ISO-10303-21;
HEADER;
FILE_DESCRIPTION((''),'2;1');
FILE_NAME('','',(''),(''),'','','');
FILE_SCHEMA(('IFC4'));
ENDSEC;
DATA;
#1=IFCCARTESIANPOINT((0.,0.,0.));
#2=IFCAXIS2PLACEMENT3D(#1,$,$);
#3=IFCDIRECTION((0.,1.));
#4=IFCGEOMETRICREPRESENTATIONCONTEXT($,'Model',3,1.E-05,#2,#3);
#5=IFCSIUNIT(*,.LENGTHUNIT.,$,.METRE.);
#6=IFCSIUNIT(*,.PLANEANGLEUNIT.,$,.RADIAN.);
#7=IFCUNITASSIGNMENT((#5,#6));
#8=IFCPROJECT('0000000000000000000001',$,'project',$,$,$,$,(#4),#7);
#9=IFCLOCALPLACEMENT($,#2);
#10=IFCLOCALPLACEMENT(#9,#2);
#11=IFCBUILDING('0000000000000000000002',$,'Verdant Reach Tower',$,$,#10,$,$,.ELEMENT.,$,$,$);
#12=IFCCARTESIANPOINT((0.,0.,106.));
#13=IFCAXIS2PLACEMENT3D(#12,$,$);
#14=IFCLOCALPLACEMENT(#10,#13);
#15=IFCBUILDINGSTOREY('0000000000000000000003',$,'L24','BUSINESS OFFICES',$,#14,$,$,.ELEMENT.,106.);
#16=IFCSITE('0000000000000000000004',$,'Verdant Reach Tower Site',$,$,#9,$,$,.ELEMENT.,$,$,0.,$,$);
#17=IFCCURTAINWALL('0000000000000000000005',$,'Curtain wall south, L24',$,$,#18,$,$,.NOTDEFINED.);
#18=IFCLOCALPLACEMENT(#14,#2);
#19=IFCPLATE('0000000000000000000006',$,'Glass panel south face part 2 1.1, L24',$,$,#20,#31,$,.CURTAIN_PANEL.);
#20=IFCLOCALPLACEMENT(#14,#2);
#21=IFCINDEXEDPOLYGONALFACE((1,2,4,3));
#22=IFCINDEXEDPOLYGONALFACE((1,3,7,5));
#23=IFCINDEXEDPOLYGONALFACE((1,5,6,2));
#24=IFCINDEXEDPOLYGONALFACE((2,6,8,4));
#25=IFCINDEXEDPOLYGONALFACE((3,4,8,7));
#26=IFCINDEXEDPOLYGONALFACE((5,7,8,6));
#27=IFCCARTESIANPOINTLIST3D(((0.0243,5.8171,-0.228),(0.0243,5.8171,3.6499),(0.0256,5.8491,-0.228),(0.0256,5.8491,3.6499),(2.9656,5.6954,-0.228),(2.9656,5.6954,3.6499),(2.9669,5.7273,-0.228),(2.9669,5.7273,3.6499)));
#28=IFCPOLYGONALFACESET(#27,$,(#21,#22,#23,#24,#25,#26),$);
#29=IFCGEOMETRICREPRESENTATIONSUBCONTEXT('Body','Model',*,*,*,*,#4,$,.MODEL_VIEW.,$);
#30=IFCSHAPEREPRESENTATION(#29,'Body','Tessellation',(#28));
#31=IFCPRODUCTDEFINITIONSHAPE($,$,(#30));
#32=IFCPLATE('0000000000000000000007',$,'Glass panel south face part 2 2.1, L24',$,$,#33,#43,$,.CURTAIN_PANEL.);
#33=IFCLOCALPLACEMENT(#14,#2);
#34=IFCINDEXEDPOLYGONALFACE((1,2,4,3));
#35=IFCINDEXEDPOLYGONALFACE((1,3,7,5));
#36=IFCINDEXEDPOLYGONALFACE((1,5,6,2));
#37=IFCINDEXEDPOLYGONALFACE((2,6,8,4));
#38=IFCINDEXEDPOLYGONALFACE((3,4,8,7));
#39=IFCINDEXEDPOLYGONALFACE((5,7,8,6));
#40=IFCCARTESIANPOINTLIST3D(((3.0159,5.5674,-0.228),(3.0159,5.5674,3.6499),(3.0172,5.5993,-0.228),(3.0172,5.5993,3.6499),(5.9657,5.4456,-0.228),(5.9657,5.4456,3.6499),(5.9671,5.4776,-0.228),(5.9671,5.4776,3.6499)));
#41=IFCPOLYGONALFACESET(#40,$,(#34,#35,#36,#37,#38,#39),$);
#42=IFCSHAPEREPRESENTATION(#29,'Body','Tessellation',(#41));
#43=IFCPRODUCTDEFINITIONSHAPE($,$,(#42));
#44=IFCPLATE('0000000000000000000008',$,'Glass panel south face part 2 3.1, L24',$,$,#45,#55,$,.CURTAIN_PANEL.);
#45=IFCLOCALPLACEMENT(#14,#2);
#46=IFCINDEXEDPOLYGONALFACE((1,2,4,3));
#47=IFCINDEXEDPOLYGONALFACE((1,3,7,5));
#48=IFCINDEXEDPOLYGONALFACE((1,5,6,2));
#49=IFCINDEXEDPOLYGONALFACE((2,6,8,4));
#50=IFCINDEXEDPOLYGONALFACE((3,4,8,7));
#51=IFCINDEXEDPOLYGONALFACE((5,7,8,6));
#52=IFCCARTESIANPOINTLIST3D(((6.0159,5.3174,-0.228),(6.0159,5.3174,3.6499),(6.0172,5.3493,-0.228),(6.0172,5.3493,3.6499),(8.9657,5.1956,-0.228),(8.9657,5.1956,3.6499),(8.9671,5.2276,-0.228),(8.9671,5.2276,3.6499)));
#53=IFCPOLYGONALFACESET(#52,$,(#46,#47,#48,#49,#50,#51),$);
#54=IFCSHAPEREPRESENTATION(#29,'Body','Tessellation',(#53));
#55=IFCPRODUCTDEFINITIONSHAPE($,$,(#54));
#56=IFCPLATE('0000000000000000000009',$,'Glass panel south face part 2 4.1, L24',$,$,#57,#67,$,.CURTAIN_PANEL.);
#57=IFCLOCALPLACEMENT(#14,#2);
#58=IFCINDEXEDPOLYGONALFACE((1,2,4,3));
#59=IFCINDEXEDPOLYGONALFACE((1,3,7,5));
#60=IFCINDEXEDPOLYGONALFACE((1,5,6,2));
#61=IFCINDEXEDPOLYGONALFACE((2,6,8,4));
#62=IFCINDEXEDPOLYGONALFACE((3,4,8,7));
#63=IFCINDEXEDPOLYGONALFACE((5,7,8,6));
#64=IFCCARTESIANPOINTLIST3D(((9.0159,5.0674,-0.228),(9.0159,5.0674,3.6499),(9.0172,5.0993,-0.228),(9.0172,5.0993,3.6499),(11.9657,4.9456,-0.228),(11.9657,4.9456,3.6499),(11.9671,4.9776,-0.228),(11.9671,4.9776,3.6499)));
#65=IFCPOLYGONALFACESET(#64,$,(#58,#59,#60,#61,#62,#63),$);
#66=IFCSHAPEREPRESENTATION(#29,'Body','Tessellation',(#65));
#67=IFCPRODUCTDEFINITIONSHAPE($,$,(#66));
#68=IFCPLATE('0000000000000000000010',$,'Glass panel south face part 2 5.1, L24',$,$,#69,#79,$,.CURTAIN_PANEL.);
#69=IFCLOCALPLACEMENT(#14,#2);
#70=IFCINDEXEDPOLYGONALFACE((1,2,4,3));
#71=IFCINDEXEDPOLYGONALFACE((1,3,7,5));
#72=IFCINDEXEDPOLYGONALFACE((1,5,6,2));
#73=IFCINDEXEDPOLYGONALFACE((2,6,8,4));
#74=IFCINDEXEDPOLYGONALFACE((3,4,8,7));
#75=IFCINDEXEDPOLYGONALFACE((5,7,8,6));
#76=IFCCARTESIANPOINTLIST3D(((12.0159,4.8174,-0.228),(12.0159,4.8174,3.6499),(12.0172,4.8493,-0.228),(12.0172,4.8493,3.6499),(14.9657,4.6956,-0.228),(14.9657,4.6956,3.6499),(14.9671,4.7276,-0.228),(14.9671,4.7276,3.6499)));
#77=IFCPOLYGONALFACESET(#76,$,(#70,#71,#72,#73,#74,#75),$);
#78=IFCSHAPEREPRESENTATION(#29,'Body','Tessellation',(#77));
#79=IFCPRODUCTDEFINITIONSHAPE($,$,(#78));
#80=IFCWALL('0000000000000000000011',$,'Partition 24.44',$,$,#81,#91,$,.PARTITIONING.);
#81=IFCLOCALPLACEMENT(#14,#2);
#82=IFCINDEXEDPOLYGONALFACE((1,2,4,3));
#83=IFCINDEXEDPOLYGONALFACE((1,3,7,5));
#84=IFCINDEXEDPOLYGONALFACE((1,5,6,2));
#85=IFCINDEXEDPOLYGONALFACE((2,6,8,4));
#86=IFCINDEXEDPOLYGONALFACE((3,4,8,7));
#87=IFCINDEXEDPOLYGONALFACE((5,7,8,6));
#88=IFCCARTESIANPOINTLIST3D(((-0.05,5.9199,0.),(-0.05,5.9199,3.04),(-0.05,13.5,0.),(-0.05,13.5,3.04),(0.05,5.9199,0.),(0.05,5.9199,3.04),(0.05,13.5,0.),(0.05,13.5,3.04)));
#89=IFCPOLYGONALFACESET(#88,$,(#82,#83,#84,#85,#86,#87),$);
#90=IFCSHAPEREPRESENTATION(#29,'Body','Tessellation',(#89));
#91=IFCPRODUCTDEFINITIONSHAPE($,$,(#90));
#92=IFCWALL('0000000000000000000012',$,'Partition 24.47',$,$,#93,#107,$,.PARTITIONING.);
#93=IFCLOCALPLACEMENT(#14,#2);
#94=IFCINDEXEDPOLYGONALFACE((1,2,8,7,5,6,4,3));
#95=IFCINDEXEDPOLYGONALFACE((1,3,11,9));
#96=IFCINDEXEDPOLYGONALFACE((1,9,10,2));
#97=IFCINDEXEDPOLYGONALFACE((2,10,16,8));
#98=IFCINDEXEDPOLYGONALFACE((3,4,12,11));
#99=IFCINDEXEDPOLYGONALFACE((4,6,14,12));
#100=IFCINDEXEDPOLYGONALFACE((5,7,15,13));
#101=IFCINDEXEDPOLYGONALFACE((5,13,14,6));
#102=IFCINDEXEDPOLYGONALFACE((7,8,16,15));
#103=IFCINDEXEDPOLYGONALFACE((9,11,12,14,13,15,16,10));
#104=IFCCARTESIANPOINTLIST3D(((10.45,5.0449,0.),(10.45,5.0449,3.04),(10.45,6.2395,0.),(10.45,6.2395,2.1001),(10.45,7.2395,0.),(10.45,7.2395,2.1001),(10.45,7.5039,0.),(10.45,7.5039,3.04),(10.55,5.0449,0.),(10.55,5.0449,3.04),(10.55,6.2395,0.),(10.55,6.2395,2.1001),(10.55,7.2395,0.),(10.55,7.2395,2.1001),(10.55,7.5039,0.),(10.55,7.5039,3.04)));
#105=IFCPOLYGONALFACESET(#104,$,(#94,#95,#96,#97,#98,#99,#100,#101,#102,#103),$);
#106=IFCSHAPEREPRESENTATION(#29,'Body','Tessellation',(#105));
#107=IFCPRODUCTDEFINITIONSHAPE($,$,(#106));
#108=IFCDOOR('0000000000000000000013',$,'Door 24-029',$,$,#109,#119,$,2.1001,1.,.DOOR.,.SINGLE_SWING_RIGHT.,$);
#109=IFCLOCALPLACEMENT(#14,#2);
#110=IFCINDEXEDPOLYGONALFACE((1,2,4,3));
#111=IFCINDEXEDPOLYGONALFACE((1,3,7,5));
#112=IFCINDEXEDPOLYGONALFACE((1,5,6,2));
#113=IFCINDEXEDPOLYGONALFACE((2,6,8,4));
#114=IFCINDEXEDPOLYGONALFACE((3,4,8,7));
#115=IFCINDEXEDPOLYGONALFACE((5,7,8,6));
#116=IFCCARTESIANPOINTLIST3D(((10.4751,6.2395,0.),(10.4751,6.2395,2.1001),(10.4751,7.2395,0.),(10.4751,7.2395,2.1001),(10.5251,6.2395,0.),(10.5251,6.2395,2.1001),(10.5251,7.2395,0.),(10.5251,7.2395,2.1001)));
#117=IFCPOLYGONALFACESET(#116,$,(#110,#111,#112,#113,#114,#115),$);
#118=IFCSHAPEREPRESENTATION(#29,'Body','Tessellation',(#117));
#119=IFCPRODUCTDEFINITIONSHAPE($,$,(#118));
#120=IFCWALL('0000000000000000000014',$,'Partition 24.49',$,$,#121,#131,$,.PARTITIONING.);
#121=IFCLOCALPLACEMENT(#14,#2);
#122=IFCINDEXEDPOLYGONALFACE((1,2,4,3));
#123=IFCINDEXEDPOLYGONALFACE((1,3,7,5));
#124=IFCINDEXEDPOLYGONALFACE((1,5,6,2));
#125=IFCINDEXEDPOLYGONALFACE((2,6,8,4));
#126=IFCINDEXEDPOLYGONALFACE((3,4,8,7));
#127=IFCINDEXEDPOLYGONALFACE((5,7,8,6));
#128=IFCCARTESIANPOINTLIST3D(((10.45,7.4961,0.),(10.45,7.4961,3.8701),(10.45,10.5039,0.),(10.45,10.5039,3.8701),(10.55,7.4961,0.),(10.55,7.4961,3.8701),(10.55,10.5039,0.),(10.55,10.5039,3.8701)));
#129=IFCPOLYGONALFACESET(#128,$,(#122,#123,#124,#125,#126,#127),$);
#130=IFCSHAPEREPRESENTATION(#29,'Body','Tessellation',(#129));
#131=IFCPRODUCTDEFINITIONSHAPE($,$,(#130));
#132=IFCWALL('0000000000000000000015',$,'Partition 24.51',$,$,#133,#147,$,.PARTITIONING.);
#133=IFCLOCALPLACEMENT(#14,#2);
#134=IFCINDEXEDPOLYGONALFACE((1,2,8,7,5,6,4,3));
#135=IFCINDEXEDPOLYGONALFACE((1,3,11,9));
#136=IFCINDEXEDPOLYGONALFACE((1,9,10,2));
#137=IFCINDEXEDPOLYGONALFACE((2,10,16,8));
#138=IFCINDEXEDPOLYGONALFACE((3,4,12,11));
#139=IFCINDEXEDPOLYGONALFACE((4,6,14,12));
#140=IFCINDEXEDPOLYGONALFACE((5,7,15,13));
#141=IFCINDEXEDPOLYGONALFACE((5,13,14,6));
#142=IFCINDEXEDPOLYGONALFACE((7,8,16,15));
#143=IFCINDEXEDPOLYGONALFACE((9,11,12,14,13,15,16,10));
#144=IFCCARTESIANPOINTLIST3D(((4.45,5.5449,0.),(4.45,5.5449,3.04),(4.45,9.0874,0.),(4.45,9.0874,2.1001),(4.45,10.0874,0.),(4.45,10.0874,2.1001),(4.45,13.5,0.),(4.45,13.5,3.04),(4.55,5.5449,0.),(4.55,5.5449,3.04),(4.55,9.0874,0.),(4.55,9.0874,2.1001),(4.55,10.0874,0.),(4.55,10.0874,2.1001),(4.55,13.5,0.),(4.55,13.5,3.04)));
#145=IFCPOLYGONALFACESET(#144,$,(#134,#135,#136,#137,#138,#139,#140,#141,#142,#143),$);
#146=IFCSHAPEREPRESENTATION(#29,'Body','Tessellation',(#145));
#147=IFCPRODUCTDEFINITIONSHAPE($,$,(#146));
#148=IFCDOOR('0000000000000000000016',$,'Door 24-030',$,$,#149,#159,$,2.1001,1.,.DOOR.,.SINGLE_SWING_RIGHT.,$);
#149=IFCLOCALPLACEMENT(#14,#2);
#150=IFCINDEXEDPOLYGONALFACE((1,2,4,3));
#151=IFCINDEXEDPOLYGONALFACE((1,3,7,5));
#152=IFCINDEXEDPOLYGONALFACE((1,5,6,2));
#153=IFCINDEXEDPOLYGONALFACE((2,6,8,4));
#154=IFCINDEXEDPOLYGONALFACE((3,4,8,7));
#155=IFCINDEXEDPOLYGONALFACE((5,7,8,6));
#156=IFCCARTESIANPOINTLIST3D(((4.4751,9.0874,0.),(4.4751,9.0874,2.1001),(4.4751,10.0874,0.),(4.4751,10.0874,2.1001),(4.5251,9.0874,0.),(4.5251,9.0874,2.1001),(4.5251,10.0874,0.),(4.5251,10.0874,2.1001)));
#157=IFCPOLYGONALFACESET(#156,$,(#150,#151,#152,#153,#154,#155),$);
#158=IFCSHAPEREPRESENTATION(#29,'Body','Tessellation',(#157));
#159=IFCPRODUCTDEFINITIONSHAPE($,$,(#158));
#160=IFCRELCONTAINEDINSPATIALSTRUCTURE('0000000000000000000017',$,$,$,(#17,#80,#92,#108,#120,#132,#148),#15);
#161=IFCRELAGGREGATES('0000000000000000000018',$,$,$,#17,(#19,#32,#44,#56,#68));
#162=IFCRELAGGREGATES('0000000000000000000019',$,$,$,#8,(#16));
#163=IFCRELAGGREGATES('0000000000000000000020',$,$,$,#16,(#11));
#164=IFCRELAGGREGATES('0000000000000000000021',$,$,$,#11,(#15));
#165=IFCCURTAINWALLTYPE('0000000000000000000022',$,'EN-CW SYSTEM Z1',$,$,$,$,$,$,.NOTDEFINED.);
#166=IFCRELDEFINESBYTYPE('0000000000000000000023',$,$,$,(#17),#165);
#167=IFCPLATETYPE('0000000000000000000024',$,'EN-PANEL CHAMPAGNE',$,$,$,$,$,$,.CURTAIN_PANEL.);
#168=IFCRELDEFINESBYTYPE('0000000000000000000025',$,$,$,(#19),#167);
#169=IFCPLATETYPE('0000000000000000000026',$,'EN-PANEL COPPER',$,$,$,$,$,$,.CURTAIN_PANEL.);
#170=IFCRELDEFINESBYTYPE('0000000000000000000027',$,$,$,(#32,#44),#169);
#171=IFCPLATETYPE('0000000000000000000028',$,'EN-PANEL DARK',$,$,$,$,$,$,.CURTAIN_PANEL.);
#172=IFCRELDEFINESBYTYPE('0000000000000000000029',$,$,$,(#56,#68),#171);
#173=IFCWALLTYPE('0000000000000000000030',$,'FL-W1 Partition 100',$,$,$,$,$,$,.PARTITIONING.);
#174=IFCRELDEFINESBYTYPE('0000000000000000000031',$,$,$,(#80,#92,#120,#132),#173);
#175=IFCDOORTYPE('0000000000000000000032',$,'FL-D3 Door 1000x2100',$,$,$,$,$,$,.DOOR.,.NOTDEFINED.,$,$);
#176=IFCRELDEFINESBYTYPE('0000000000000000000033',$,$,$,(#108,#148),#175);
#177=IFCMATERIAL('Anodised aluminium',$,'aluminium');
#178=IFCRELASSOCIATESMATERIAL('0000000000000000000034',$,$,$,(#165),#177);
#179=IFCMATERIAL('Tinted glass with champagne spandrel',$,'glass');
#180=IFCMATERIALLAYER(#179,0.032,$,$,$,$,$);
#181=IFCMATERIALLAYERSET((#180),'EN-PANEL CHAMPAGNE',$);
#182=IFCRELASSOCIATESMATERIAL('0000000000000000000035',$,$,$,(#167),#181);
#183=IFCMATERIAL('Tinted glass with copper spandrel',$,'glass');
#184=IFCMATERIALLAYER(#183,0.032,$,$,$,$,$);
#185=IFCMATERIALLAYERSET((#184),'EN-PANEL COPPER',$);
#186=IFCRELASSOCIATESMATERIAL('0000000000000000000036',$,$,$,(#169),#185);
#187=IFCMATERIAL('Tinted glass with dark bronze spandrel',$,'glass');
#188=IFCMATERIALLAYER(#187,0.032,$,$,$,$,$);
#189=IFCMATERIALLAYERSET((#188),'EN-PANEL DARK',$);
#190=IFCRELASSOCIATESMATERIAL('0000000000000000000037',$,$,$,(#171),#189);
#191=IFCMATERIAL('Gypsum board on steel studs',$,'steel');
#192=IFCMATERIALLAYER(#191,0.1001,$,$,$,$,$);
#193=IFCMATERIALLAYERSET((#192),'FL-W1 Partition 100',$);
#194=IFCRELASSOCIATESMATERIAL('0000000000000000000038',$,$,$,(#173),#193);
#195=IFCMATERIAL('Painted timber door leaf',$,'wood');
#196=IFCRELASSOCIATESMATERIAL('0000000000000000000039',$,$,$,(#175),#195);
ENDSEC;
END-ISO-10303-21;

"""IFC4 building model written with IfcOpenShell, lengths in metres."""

from ifc_helpers import new_model, si_unit, direction, frame, frame_2d, origin, origin_2d, place, context, subcontext, project, spatial, rectangle, extrude, material, layer, layer_set, type_object, element, fill, aggregate, save


model = new_model("IFC4")

# Units and contexts
model_context = context("Model", 3, precision=1e-05, world=origin(), true_north=direction((0.0, 1.0)))
body_context = subcontext(model_context, "Body", "Model", "MODEL_VIEW")
ifc_project = project(units=[si_unit("LENGTHUNIT", "METRE"), si_unit("PLANEANGLEUNIT", "RADIAN")], contexts=[model_context])

# Site, building, storey
site_placement = place(None, origin())
site = spatial("IfcSite", under=ifc_project, at=site_placement, Name="Verdant Reach Tower Site", CompositionType="ELEMENT", RefElevation=0.0)
building_placement = place(site_placement, origin())
building = spatial("IfcBuilding", under=site, at=building_placement, Name="Verdant Reach Tower", CompositionType="ELEMENT")
storey_placement = place(building_placement, frame((0.0, 0.0, 106.0)))
storey = spatial("IfcBuildingStorey", under=building, at=storey_placement, Name="L24", Description="BUSINESS OFFICES", CompositionType="ELEMENT", Elevation=106.0)

# Curtain wall
ifc_material_1 = material(Name="Anodised aluminium", Category="aluminium")
curtain_wall_type = type_object("IfcCurtainWallType", Name="EN-CW SYSTEM Z1", PredefinedType="NOTDEFINED", material=ifc_material_1)
curtain_wall_placement = place(storey_placement, origin())
curtain_wall = element("IfcCurtainWall", 1, at=curtain_wall_placement, inside=storey, type_object=curtain_wall_type, Name="Curtain wall south, L24", PredefinedType="NOTDEFINED")

# Plates
ifc_material_2 = material(Name="Tinted glass with champagne spandrel", Category="glass")
ifc_layer_1 = layer(ifc_material_2, 0.032)
ifc_layer_set_1 = layer_set([ifc_layer_1], Name="EN-PANEL CHAMPAGNE")
plate_type_1 = type_object("IfcPlateType", Name="EN-PANEL CHAMPAGNE", PredefinedType="CURTAIN_PANEL", material=ifc_layer_set_1)
plate_1_placement = place(storey_placement, frame((1.4956, 5.7722, -0.228), z_axis=(0.0, 0.0, 1.0), x_axis=(0.999144, -0.04136, 0.0)))
plate_1 = element("IfcPlate", 2, at=plate_1_placement, type_object=plate_type_1, Name="Glass panel south face part 2 1.1, L24", PredefinedType="CURTAIN_PANEL", context=body_context, shape_type="SweptSolid", body=[
    extrude(rectangle(XDim=2.9438, YDim=0.032, at=origin_2d()), origin(), (0.0, 0.0, 1.0), 3.8779),
])
ifc_material_3 = material(Name="Tinted glass with copper spandrel", Category="glass")
ifc_layer_2 = layer(ifc_material_3, 0.032)
ifc_layer_set_2 = layer_set([ifc_layer_2], Name="EN-PANEL COPPER")
plate_type_2 = type_object("IfcPlateType", Name="EN-PANEL COPPER", PredefinedType="CURTAIN_PANEL", material=ifc_layer_set_2)
plate_2_placement = place(storey_placement, frame((4.4915, 5.5225, -0.228), z_axis=(0.0, 0.0, 1.0), x_axis=(0.999149, -0.041242, 0.0)))
plate_2 = element("IfcPlate", 3, at=plate_2_placement, type_object=plate_type_2, Name="Glass panel south face part 2 2.1, L24", PredefinedType="CURTAIN_PANEL", context=body_context, shape_type="SweptSolid", body=[
    extrude(rectangle(XDim=2.9524, YDim=0.032, at=origin_2d()), origin(), (0.0, 0.0, 1.0), 3.8779),
])
plate_3_placement = place(storey_placement, frame((7.4915, 5.2725, -0.228), z_axis=(0.0, 0.0, 1.0), x_axis=(0.999149, -0.041242, 0.0)))
plate_3 = element("IfcPlate", 4, at=plate_3_placement, type_object=plate_type_2, Name="Glass panel south face part 2 3.1, L24", PredefinedType="CURTAIN_PANEL", context=body_context, shape_type="SweptSolid", body=[
    extrude(rectangle(XDim=2.9524, YDim=0.032, at=origin_2d()), origin(), (0.0, 0.0, 1.0), 3.8779),
])
ifc_material_4 = material(Name="Tinted glass with dark bronze spandrel", Category="glass")
ifc_layer_3 = layer(ifc_material_4, 0.032)
ifc_layer_set_3 = layer_set([ifc_layer_3], Name="EN-PANEL DARK")
plate_type_3 = type_object("IfcPlateType", Name="EN-PANEL DARK", PredefinedType="CURTAIN_PANEL", material=ifc_layer_set_3)
plate_4_placement = place(storey_placement, frame((10.4915, 5.0225, -0.228), z_axis=(0.0, 0.0, 1.0), x_axis=(0.999149, -0.041242, 0.0)))
plate_4 = element("IfcPlate", 5, at=plate_4_placement, type_object=plate_type_3, Name="Glass panel south face part 2 4.1, L24", PredefinedType="CURTAIN_PANEL", context=body_context, shape_type="SweptSolid", body=[
    extrude(rectangle(XDim=2.9524, YDim=0.032, at=origin_2d()), origin(), (0.0, 0.0, 1.0), 3.8779),
])
plate_5_placement = place(storey_placement, frame((13.4915, 4.7725, -0.228), z_axis=(0.0, 0.0, 1.0), x_axis=(0.999149, -0.041242, 0.0)))
plate_5 = element("IfcPlate", 6, at=plate_5_placement, type_object=plate_type_3, Name="Glass panel south face part 2 5.1, L24", PredefinedType="CURTAIN_PANEL", context=body_context, shape_type="SweptSolid", body=[
    extrude(rectangle(XDim=2.9524, YDim=0.032, at=origin_2d()), origin(), (0.0, 0.0, 1.0), 3.8779),
])
aggregate(curtain_wall, [plate_1, plate_2, plate_3, plate_4, plate_5])

# Wall
ifc_material_5 = material(Name="Gypsum board on steel studs", Category="steel")
ifc_layer_4 = layer(ifc_material_5, 0.1001)
ifc_layer_set_4 = layer_set([ifc_layer_4], Name="FL-W1 Partition 100")
wall_type_1 = type_object("IfcWallType", Name="FL-W1 Partition 100", PredefinedType="PARTITIONING", material=ifc_layer_set_4)
wall_1_placement = place(storey_placement, frame((0.0, 5.9199, 0.0), z_axis=(0.0, 0.0, 1.0), x_axis=(0.0, 1.0, 0.0)))
element("IfcWall", 7, at=wall_1_placement, inside=storey, type_object=wall_type_1, Name="Partition 24.44", PredefinedType="PARTITIONING", context=body_context, shape_type="SweptSolid", body=[
    extrude(rectangle(XDim=7.5801, YDim=0.1001, at=frame_2d((3.79, 0.0))), origin(), (0.0, 0.0, 1.0), 3.04),
])

# Wall, opening, door
wall_2_placement = place(storey_placement, frame((10.5, 5.0449, 0.0), z_axis=(0.0, 0.0, 1.0), x_axis=(0.0, 1.0, 0.0)))
wall_2 = element("IfcWall", 8, at=wall_2_placement, inside=storey, type_object=wall_type_1, Name="Partition 24.47", PredefinedType="PARTITIONING", context=body_context, shape_type="SweptSolid", body=[
    extrude(rectangle(XDim=2.459, YDim=0.1001, at=frame_2d((1.2295, 0.0))), origin(), (0.0, 0.0, 1.0), 3.04),
])
opening_1_placement = place(wall_2_placement, frame((1.1946, 0.0, 0.0)))
opening_1 = element("IfcOpeningElement", 9, at=opening_1_placement, cuts=wall_2, PredefinedType="OPENING", context=body_context, shape_type="SweptSolid", body=[
    extrude(rectangle(XDim=1.0, YDim=2.1001, at=frame_2d((0.5, 1.05))), frame((0.0, 0.0601, 0.0), z_axis=(0.0, -1.0, 0.0), x_axis=(1.0, 0.0, 0.0)), (0.0, 0.0, 1.0), 0.1201),
])
ifc_material_6 = material(Name="Painted timber door leaf", Category="wood")
door_type_1 = type_object("IfcDoorType", Name="FL-D3 Door 1000x2100", OperationType="NOTDEFINED", PredefinedType="DOOR", material=ifc_material_6)
door_1_placement = place(opening_1_placement, origin())
door_1 = element("IfcDoor", 10, at=door_1_placement, inside=storey, type_object=door_type_1, Name="Door 24-029", OperationType="SINGLE_SWING_RIGHT", OverallHeight=2.1001, OverallWidth=1.0, PredefinedType="DOOR", context=body_context, shape_type="SweptSolid", body=[
    extrude(rectangle(XDim=1.0, YDim=2.1001, at=frame_2d((0.5, 1.05))), frame((0.0, 0.0249, 0.0), z_axis=(0.0, -1.0, 0.0), x_axis=(1.0, 0.0, 0.0)), (0.0, 0.0, 1.0), 0.05),
])
fill(opening_1, door_1)

# Wall
wall_3_placement = place(storey_placement, frame((10.5, 10.5039, 0.0), z_axis=(0.0, 0.0, 1.0), x_axis=(0.0, -1.0, 0.0)))
element("IfcWall", 11, at=wall_3_placement, inside=storey, type_object=wall_type_1, Name="Partition 24.49", PredefinedType="PARTITIONING", context=body_context, shape_type="SweptSolid", body=[
    extrude(rectangle(XDim=3.0078, YDim=0.1001, at=frame_2d((1.5039, 0.0))), origin(), (0.0, 0.0, 1.0), 3.8701),
])

# Wall, opening, door
wall_4_placement = place(storey_placement, frame((4.5, 5.5449, 0.0), z_axis=(0.0, 0.0, 1.0), x_axis=(0.0, 1.0, 0.0)))
wall_4 = element("IfcWall", 12, at=wall_4_placement, inside=storey, type_object=wall_type_1, Name="Partition 24.51", PredefinedType="PARTITIONING", context=body_context, shape_type="SweptSolid", body=[
    extrude(rectangle(XDim=7.9551, YDim=0.1001, at=frame_2d((3.9775, 0.0))), origin(), (0.0, 0.0, 1.0), 3.04),
])
opening_2_placement = place(wall_4_placement, frame((3.5425, 0.0, 0.0)))
opening_2 = element("IfcOpeningElement", 13, at=opening_2_placement, cuts=wall_4, PredefinedType="OPENING", context=body_context, shape_type="SweptSolid", body=[
    extrude(rectangle(XDim=1.0, YDim=2.1001, at=frame_2d((0.5, 1.05))), frame((0.0, 0.0601, 0.0), z_axis=(0.0, -1.0, 0.0), x_axis=(1.0, 0.0, 0.0)), (0.0, 0.0, 1.0), 0.1201),
])
door_2_placement = place(opening_2_placement, origin())
door_2 = element("IfcDoor", 14, at=door_2_placement, inside=storey, type_object=door_type_1, Name="Door 24-030", OperationType="SINGLE_SWING_RIGHT", OverallHeight=2.1001, OverallWidth=1.0, PredefinedType="DOOR", context=body_context, shape_type="SweptSolid", body=[
    extrude(rectangle(XDim=1.0, YDim=2.1001, at=frame_2d((0.5, 1.05))), frame((0.0, 0.0249, 0.0), z_axis=(0.0, -1.0, 0.0), x_axis=(1.0, 0.0, 0.0)), (0.0, 0.0, 1.0), 0.05),
])
fill(opening_2, door_2)

save(model, "model.ifc")
